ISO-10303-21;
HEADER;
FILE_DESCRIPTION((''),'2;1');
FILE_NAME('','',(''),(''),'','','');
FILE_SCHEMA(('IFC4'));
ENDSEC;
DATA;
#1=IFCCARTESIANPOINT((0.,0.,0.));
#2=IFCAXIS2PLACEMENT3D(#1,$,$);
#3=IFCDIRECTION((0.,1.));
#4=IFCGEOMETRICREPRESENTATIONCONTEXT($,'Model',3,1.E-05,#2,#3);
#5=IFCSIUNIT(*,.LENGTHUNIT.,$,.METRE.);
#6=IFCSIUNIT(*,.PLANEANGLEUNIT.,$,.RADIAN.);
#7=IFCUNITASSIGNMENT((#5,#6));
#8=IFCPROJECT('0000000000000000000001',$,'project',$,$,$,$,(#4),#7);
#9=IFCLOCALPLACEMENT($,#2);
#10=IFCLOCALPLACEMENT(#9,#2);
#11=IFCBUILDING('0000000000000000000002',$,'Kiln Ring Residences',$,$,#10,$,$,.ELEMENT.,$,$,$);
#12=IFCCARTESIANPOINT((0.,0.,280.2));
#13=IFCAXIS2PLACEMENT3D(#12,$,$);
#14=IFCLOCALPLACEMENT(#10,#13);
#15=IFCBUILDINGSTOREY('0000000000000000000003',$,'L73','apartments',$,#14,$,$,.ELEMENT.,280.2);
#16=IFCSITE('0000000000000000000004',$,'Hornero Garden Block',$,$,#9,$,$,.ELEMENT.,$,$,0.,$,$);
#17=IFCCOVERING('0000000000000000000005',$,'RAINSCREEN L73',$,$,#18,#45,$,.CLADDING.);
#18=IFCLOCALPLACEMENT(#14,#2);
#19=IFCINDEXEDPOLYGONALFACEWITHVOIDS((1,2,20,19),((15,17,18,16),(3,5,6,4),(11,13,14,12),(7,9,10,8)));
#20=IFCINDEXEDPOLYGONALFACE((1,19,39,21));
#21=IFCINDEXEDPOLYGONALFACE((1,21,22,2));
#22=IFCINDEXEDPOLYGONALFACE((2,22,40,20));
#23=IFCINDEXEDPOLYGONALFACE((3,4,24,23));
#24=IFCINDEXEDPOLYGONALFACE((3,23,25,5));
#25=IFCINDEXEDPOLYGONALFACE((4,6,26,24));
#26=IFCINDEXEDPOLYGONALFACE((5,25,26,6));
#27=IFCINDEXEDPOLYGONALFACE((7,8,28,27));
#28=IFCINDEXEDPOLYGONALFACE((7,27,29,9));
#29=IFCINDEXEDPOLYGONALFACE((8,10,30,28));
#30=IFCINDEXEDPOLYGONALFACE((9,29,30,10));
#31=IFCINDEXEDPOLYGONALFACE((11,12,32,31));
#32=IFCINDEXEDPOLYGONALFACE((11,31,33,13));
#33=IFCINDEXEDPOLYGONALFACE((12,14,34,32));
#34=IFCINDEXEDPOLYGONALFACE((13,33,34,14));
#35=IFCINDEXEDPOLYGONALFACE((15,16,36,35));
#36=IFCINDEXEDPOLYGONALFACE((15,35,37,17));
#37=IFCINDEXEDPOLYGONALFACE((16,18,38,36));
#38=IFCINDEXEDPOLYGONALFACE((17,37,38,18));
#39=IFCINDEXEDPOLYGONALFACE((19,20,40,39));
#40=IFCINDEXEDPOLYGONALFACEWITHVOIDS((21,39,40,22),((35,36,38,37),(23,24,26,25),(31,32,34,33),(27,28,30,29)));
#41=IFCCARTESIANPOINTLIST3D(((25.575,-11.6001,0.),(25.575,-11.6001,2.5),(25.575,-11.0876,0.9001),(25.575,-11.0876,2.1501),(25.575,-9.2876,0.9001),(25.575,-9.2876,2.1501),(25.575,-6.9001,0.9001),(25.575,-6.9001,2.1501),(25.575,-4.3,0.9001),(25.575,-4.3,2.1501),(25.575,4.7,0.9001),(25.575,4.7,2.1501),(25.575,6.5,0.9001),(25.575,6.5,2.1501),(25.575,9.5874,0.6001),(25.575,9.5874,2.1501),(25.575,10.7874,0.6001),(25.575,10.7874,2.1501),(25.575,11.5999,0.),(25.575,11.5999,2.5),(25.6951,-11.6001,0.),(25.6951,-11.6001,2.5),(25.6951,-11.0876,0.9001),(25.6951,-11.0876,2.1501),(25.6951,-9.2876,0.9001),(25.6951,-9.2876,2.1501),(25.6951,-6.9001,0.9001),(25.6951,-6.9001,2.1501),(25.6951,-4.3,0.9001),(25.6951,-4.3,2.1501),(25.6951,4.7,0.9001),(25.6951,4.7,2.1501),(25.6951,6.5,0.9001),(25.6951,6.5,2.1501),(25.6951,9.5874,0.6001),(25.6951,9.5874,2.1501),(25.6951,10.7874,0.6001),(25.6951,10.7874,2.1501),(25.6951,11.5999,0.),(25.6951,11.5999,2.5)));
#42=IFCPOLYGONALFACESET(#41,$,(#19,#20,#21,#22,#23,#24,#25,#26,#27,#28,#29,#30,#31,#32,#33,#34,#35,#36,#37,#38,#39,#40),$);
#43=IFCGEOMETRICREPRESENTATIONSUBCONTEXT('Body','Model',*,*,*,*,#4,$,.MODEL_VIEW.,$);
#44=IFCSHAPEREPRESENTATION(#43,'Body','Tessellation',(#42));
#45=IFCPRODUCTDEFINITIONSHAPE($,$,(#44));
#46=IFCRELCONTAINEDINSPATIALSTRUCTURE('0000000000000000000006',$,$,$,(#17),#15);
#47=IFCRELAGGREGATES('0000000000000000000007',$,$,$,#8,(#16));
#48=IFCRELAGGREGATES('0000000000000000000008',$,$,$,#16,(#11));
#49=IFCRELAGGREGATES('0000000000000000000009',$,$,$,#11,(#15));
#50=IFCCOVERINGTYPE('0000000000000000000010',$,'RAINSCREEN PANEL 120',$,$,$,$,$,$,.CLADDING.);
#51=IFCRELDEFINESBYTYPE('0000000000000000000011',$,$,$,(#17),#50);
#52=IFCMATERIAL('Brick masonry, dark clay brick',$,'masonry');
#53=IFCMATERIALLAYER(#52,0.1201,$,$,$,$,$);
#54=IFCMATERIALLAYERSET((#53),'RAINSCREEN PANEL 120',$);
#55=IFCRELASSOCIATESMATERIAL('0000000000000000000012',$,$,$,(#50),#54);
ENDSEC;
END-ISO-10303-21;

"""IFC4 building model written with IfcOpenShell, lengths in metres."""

from ifc_helpers import new_model, si_unit, direction, frame, origin, place, context, subcontext, project, spatial, polyline, outline, extrude, material, layer, layer_set, type_object, element, save


model = new_model("IFC4")

# Units and contexts
model_context = context("Model", 3, precision=1e-05, world=origin(), true_north=direction((0.0, 1.0)))
body_context = subcontext(model_context, "Body", "Model", "MODEL_VIEW")
ifc_project = project(units=[si_unit("LENGTHUNIT", "METRE"), si_unit("PLANEANGLEUNIT", "RADIAN")], contexts=[model_context])

# Site, building, storey
site_placement = place(None, origin())
site = spatial("IfcSite", under=ifc_project, at=site_placement, Name="Hornero Garden Block", CompositionType="ELEMENT", RefElevation=0.0)
building_placement = place(site_placement, origin())
building = spatial("IfcBuilding", under=site, at=building_placement, Name="Kiln Ring Residences", CompositionType="ELEMENT")
storey_placement = place(building_placement, frame((0.0, 0.0, 280.2)))
storey = spatial("IfcBuildingStorey", under=building, at=storey_placement, Name="L73", Description="apartments", CompositionType="ELEMENT", Elevation=280.2)

# Covering
ifc_material_1 = material(Name="Brick masonry, dark clay brick", Category="masonry")
ifc_layer_1 = layer(ifc_material_1, 0.1201)
ifc_layer_set_1 = layer_set([ifc_layer_1], Name="RAINSCREEN PANEL 120")
covering_type_1 = type_object("IfcCoveringType", Name="RAINSCREEN PANEL 120", PredefinedType="CLADDING", material=ifc_layer_set_1)
covering_1_placement = place(storey_placement, frame((25.635, -11.6001, 0.0), z_axis=(0.0, 0.0, 1.0), x_axis=(0.0, 1.0, 0.0)))
element("IfcCovering", 1, at=covering_1_placement, inside=storey, type_object=covering_type_1, Name="RAINSCREEN L73", PredefinedType="CLADDING", context=body_context, shape_type="SweptSolid", body=[
    extrude(outline(polyline([(0.0, 0.0), (23.2, 0.0), (23.2, 2.5), (0.0, 2.5), (0.0, 0.0)]), holes=[polyline([(22.3875, 0.6001), (22.3875, 2.1501), (21.1875, 2.1501), (21.1875, 0.6001), (22.3875, 0.6001)]), polyline([(2.3125, 0.9001), (2.3125, 2.1501), (0.5125, 2.1501), (0.5125, 0.9001), (2.3125, 0.9001)]), polyline([(7.3, 0.9001), (7.3, 2.1501), (4.7, 2.1501), (4.7, 0.9001), (7.3, 0.9001)]), polyline([(18.1001, 0.9001), (18.1001, 2.1501), (16.3, 2.1501), (16.3, 0.9001), (18.1001, 0.9001)])]), frame((0.0, 0.0601, 0.0), z_axis=(0.0, -1.0, 0.0), x_axis=(1.0, 0.0, 0.0)), (0.0, 0.0, 1.0), 0.1201),
])

save(model, "model.ifc")
